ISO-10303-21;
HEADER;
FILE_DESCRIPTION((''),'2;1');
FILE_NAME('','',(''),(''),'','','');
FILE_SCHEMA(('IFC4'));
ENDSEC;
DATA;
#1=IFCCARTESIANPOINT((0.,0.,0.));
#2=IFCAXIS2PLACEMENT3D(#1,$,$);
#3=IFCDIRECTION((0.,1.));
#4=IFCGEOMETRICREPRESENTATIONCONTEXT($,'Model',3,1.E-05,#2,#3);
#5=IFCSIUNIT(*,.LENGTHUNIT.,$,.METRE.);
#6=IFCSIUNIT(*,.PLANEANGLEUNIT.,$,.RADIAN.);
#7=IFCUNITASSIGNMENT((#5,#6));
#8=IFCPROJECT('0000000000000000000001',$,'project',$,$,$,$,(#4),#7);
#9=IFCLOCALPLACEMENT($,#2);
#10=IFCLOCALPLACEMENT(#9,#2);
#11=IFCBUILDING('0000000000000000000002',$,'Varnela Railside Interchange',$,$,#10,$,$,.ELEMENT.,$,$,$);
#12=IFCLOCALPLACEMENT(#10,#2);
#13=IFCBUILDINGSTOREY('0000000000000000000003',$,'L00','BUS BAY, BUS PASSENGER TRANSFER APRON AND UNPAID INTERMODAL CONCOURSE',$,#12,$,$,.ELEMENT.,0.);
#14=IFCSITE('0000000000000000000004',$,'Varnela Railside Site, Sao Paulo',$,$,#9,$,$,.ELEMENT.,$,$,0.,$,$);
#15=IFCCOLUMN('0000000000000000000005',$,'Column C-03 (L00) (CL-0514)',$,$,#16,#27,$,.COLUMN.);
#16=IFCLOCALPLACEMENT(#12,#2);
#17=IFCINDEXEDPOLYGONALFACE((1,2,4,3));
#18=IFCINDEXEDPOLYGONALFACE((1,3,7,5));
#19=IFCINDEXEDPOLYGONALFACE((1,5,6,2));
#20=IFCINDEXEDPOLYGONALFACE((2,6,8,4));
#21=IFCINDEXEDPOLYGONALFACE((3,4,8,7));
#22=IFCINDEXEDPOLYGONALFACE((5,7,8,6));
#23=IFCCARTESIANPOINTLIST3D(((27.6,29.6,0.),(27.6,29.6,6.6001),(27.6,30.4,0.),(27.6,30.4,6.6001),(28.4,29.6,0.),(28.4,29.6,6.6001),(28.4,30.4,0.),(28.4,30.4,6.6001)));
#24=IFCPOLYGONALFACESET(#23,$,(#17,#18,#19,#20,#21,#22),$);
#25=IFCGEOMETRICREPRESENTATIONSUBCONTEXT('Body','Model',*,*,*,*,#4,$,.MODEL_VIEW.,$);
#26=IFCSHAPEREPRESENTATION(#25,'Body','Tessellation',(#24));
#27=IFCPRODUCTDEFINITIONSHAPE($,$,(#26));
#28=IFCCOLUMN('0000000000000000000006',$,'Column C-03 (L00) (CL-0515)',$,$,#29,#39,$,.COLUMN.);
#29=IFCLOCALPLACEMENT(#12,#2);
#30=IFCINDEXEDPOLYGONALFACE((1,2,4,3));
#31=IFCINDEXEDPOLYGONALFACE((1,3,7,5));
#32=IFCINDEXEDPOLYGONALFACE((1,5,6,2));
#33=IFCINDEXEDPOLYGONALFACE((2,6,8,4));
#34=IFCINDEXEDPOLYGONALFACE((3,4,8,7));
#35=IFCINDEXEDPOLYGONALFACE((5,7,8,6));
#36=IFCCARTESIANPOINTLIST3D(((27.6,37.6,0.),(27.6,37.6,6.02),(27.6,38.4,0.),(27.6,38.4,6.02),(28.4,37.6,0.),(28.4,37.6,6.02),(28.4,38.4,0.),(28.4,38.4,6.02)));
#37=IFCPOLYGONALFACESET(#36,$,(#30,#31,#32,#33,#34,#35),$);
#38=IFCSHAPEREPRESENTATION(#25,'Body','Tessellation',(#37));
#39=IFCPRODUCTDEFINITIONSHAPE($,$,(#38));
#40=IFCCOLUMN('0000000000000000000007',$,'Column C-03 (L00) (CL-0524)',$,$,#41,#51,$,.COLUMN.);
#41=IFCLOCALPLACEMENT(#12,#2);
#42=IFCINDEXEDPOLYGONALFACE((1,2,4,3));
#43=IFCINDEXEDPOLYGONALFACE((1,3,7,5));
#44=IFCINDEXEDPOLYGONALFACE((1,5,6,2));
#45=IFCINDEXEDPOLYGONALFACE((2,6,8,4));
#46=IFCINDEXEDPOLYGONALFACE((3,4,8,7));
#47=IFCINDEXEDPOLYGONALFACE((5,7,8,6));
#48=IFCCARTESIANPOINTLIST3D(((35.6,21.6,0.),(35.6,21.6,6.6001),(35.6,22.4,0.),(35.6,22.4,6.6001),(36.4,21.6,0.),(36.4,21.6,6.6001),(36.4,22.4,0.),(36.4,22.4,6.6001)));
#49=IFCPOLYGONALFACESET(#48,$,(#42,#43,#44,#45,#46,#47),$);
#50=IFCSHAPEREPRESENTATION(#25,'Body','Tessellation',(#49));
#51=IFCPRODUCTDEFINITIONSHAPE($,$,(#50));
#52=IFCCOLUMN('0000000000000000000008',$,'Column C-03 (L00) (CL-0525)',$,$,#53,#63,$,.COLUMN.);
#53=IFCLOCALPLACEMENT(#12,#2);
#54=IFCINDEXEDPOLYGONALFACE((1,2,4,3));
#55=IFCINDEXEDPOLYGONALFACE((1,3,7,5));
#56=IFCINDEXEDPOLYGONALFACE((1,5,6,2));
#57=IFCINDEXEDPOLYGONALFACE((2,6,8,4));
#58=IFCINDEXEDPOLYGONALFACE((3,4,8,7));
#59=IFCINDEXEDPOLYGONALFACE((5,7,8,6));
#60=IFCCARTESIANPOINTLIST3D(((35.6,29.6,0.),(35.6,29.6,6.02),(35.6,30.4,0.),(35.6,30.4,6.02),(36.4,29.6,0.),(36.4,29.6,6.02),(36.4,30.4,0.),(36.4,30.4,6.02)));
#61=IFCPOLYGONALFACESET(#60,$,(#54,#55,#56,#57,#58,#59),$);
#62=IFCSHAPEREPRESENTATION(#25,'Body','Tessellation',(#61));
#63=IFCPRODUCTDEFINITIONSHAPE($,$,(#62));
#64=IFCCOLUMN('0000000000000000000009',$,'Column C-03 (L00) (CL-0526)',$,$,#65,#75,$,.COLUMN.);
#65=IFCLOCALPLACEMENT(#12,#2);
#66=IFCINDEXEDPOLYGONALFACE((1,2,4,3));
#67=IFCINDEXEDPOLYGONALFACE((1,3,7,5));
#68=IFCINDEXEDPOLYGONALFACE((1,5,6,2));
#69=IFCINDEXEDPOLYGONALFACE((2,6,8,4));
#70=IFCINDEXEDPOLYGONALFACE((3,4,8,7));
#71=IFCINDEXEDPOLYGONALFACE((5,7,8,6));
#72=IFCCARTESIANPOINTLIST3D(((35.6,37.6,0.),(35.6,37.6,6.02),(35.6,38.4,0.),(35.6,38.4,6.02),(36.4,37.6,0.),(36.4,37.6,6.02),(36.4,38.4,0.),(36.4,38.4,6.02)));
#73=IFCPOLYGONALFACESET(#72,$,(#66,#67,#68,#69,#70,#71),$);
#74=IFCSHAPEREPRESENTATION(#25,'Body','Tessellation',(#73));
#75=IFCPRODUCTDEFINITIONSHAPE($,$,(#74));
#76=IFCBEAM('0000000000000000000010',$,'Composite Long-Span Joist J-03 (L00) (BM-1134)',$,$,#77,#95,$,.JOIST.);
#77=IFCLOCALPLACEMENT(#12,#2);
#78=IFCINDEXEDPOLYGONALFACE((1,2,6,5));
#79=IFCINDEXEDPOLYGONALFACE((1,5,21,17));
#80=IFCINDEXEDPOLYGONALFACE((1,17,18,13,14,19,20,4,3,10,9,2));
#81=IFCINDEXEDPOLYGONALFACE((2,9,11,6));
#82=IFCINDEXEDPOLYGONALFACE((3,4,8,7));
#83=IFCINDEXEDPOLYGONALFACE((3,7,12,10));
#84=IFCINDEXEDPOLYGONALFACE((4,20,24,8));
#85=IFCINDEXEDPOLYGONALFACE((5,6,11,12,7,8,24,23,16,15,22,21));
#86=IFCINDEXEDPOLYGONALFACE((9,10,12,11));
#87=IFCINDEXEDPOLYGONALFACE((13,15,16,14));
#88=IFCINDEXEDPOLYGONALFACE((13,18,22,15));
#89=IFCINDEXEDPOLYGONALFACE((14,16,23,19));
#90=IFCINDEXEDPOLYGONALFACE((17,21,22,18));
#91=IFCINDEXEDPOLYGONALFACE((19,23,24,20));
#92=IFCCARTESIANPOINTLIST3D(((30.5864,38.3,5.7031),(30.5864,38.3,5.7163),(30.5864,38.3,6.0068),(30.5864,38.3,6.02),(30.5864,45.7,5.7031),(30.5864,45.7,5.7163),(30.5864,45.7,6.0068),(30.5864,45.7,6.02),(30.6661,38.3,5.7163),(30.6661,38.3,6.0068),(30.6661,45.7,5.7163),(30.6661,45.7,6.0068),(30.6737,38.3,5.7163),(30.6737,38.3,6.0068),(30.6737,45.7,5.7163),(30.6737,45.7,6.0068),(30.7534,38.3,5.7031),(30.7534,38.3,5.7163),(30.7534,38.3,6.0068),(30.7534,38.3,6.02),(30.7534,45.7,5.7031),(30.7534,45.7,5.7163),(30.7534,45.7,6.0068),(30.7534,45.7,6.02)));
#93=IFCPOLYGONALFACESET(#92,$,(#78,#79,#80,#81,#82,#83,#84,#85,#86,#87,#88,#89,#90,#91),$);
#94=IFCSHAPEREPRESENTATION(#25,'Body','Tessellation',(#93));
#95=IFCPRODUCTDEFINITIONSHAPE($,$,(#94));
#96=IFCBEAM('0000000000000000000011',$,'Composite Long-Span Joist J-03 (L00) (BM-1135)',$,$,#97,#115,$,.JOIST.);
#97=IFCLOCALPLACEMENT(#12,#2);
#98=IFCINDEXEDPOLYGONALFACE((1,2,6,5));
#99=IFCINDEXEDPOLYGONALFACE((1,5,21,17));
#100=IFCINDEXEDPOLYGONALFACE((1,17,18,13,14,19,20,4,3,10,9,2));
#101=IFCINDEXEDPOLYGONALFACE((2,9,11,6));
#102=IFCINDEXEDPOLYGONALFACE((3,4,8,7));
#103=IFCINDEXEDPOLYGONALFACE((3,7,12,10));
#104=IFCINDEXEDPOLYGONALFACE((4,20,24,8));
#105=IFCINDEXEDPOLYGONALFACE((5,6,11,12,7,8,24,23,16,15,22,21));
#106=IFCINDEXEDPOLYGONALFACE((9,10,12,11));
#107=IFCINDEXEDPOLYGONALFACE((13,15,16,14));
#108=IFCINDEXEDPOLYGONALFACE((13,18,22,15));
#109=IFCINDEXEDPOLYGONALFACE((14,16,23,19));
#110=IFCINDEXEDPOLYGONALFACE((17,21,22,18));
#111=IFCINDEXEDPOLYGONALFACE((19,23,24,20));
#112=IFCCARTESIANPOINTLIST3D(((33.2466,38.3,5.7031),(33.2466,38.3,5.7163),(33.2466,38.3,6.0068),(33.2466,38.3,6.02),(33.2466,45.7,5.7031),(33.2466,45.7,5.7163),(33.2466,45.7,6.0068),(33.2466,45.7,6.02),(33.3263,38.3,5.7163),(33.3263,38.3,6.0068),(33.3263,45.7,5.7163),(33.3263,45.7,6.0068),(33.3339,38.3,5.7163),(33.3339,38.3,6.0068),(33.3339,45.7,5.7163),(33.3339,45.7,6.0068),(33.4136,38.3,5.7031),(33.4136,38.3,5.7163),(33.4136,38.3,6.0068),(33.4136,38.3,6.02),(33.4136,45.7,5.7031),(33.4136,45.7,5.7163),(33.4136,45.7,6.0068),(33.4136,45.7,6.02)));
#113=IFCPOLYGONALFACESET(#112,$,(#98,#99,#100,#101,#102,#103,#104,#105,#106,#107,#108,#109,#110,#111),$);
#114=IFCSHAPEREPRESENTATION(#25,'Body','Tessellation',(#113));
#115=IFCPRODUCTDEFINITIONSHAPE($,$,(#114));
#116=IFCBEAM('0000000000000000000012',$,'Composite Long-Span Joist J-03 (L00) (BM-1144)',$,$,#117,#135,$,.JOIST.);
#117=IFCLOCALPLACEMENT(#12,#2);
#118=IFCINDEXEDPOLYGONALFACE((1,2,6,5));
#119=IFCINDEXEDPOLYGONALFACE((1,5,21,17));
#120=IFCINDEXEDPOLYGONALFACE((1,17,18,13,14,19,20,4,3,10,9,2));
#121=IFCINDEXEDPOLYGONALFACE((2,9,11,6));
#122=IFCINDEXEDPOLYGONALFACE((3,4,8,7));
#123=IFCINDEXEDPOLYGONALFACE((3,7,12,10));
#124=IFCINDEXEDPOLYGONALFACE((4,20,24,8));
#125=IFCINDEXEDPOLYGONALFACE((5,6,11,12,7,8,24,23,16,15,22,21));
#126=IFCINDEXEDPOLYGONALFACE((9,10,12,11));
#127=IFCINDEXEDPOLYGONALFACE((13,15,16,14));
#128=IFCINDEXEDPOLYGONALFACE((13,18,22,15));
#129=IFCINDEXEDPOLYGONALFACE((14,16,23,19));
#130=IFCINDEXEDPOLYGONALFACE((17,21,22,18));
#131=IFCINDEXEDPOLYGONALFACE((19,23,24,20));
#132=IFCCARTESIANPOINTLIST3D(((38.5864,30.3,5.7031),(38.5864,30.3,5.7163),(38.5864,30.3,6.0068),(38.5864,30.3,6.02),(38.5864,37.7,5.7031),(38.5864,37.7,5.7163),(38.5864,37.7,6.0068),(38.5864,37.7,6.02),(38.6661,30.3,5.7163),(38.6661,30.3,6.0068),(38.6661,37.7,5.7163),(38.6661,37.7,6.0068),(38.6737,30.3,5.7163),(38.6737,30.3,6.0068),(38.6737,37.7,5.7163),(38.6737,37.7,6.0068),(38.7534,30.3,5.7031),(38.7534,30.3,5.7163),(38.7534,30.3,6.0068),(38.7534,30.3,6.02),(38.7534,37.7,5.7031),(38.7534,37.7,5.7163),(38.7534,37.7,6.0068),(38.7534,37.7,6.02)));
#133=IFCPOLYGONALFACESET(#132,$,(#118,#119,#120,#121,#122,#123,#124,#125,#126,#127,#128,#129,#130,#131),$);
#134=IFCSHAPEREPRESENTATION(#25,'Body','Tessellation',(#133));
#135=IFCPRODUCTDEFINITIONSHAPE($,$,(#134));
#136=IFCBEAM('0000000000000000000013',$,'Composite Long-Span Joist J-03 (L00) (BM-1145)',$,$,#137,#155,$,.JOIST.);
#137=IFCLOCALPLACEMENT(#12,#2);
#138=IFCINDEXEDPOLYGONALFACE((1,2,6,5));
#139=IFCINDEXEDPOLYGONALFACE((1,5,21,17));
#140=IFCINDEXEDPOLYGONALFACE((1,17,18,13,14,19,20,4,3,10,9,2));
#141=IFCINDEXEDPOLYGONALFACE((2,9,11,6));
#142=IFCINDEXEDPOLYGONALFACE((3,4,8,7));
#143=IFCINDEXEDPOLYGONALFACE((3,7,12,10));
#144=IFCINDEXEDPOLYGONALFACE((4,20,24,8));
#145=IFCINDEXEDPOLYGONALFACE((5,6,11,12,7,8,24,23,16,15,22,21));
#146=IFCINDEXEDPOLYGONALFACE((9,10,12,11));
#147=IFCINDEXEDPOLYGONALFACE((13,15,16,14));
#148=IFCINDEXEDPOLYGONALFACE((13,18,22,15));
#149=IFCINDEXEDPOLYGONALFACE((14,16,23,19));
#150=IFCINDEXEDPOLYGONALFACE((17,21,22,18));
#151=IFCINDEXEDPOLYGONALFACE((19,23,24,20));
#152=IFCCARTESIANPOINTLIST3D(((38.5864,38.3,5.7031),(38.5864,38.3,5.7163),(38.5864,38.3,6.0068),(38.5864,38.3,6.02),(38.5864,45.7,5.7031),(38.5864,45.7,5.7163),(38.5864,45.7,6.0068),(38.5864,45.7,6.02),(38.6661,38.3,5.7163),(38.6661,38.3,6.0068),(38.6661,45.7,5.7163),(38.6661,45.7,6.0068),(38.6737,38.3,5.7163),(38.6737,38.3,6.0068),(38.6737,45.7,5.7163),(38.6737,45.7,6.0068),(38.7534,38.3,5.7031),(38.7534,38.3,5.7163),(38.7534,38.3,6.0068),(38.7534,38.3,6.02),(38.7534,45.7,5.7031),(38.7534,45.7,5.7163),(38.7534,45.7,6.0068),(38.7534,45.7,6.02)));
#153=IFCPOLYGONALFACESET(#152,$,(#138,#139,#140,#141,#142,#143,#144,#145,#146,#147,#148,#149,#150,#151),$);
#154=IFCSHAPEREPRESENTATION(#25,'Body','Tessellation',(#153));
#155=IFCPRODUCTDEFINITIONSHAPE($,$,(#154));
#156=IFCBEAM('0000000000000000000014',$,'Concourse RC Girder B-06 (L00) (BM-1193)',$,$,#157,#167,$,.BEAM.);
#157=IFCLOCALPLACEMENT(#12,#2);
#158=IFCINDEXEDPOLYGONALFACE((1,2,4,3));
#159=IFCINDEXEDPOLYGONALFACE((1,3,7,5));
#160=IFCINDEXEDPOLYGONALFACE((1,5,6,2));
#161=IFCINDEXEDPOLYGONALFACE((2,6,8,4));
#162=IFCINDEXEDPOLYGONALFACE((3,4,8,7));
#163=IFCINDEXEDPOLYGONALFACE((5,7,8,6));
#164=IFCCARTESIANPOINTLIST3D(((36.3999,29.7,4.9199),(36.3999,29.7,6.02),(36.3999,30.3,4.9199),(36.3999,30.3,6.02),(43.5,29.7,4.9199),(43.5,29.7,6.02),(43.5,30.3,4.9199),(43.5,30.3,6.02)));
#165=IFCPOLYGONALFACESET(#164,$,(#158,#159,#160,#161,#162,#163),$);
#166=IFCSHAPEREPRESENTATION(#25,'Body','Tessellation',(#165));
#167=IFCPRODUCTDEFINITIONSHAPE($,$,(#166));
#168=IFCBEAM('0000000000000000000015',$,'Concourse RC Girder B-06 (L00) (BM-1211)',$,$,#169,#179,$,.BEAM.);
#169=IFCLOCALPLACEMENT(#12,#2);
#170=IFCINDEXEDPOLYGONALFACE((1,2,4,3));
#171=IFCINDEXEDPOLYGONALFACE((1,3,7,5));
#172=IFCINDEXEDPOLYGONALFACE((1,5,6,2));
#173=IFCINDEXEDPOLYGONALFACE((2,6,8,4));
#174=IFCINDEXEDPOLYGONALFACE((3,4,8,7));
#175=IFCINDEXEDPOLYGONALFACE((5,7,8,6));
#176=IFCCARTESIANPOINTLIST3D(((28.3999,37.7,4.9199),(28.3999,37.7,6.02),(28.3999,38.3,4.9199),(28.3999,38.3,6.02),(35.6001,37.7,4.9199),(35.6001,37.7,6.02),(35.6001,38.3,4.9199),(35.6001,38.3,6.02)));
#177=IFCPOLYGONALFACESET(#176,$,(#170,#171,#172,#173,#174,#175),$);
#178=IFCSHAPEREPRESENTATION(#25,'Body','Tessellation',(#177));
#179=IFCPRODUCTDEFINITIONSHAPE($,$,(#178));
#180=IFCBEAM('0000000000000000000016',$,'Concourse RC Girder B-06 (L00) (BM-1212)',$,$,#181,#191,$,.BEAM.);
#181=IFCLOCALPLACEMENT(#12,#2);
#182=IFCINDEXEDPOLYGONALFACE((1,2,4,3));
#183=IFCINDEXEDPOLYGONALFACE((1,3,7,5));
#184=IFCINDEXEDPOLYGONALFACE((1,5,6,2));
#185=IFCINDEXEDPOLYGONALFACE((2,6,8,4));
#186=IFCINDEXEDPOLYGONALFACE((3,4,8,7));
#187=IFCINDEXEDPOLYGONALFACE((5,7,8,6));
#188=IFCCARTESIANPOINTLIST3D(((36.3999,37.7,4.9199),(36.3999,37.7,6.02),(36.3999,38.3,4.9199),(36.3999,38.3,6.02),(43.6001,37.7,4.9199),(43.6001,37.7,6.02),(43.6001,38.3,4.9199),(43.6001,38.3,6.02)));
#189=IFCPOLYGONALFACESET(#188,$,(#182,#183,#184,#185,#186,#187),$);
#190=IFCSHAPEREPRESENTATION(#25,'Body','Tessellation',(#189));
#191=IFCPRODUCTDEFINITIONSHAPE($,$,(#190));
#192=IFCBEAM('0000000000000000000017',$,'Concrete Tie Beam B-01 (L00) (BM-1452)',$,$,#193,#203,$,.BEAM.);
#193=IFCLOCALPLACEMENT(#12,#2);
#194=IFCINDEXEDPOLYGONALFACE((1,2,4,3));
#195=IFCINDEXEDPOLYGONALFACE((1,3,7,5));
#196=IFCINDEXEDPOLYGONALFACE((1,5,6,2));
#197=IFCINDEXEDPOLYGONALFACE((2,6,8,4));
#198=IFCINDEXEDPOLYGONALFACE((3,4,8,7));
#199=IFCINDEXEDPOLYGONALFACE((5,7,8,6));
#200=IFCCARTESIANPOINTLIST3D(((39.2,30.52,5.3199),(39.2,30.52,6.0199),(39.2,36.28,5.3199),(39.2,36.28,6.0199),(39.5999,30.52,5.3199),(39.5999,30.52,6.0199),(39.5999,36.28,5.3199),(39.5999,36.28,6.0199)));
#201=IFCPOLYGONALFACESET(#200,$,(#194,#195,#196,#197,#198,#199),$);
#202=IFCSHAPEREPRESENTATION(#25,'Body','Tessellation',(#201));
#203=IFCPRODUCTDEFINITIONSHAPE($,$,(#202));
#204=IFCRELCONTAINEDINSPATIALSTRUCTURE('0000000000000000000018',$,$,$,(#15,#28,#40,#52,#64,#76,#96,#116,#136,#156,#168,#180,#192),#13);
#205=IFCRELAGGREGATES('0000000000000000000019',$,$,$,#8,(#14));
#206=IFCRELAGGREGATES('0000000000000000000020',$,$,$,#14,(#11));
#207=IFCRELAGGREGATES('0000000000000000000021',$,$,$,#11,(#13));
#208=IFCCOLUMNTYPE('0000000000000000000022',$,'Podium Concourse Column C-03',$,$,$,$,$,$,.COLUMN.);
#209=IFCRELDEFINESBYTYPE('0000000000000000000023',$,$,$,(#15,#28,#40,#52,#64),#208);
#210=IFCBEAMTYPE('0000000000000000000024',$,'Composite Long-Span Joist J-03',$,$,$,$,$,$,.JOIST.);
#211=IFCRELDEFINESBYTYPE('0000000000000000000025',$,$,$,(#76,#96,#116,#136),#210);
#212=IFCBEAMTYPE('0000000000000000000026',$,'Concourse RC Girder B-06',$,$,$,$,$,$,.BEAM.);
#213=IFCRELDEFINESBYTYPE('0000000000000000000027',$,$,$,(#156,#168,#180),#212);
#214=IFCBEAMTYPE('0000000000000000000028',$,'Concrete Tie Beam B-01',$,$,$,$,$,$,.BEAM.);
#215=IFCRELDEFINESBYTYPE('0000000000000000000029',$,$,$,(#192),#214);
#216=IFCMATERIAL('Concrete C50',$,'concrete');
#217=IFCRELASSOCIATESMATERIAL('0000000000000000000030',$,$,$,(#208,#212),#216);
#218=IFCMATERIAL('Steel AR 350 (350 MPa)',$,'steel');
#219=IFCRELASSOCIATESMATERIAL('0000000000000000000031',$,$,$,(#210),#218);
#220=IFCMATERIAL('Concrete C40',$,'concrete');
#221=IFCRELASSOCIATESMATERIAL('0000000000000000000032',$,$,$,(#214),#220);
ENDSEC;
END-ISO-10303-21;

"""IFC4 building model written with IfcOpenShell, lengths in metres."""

from ifc_helpers import new_model, si_unit, direction, frame, origin, origin_2d, place, context, subcontext, project, spatial, rectangle, i_section, extrude, material, material_profile, profile_set, type_object, element, save


model = new_model("IFC4")

# Units and contexts
model_context = context("Model", 3, precision=1e-05, world=origin(), true_north=direction((0.0, 1.0)))
body_context = subcontext(model_context, "Body", "Model", "MODEL_VIEW")
ifc_project = project(units=[si_unit("LENGTHUNIT", "METRE"), si_unit("PLANEANGLEUNIT", "RADIAN")], contexts=[model_context])

# Site, building, storey
site_placement = place(None, origin())
site = spatial("IfcSite", under=ifc_project, at=site_placement, Name="Varnela Railside Site, Sao Paulo", CompositionType="ELEMENT", RefElevation=0.0)
building_placement = place(site_placement, origin())
building = spatial("IfcBuilding", under=site, at=building_placement, Name="Varnela Railside Interchange", CompositionType="ELEMENT")
storey_placement = place(building_placement, origin())
storey = spatial("IfcBuildingStorey", under=building, at=storey_placement, Name="L00", Description="BUS BAY, BUS PASSENGER TRANSFER APRON AND UNPAID INTERMODAL CONCOURSE", CompositionType="ELEMENT", Elevation=0.0)

# Columns
ifc_material_1 = material(Name="Concrete C50", Category="concrete")
ifc_material_profile_1 = material_profile(ifc_material_1, rectangle(XDim=0.8, YDim=0.8, at=origin_2d()), Name="RC 800x800")
ifc_profile_set_1 = profile_set([ifc_material_profile_1], Name="Concrete C50")
column_type = type_object("IfcColumnType", Name="Podium Concourse Column C-03", PredefinedType="COLUMN", material=ifc_profile_set_1)
column_1_placement = place(storey_placement, frame((28.0, 30.0, 0.0), z_axis=(0.0, 0.0, 1.0), x_axis=(1.0, 0.0, 0.0)))
element("IfcColumn", 1, at=column_1_placement, inside=storey, type_object=column_type, Name="Column C-03 (L00) (CL-0514)", PredefinedType="COLUMN", context=body_context, shape_type="SweptSolid", body=[
    extrude(rectangle(XDim=0.8, YDim=0.8, at=origin_2d()), origin(), (0.0, 0.0, 1.0), 6.6001),
])
column_2_placement = place(storey_placement, frame((28.0, 38.0, 0.0), z_axis=(0.0, 0.0, 1.0), x_axis=(1.0, 0.0, 0.0)))
element("IfcColumn", 2, at=column_2_placement, inside=storey, type_object=column_type, Name="Column C-03 (L00) (CL-0515)", PredefinedType="COLUMN", context=body_context, shape_type="SweptSolid", body=[
    extrude(rectangle(XDim=0.8, YDim=0.8, at=origin_2d()), origin(), (0.0, 0.0, 1.0), 6.02),
])
column_3_placement = place(storey_placement, frame((36.0, 22.0, 0.0), z_axis=(0.0, 0.0, 1.0), x_axis=(1.0, 0.0, 0.0)))
element("IfcColumn", 3, at=column_3_placement, inside=storey, type_object=column_type, Name="Column C-03 (L00) (CL-0524)", PredefinedType="COLUMN", context=body_context, shape_type="SweptSolid", body=[
    extrude(rectangle(XDim=0.8, YDim=0.8, at=origin_2d()), origin(), (0.0, 0.0, 1.0), 6.6001),
])
for number, where, z_axis, x_axis, name in (
    (4, (36.0, 30.0, 0.0), (0.0, 0.0, 1.0), (1.0, 0.0, 0.0), "Column C-03 (L00) (CL-0525)"),
    (5, (36.0, 38.0, 0.0), (0.0, 0.0, 1.0), (1.0, 0.0, 0.0), "Column C-03 (L00) (CL-0526)"),
):
    element("IfcColumn", number, at=place(storey_placement, frame(where, z_axis=z_axis, x_axis=x_axis)), inside=storey, type_object=column_type, Name=name, PredefinedType="COLUMN", context=body_context, shape_type="SweptSolid", body=[
        extrude(rectangle(XDim=0.8, YDim=0.8, at=origin_2d()), origin(), (0.0, 0.0, 1.0), 6.02),
    ])

# Beams
ifc_material_2 = material(Name="Steel AR 350 (350 MPa)", Category="steel")
ifc_material_profile_2 = material_profile(ifc_material_2, i_section(OverallWidth=0.167, OverallDepth=0.3169, WebThickness=0.0076, FlangeThickness=0.0132, at=origin_2d()), Name="W310x52")
ifc_profile_set_2 = profile_set([ifc_material_profile_2], Name="Steel AR 350 (350 MPa)")
beam_type_1 = type_object("IfcBeamType", Name="Composite Long-Span Joist J-03", PredefinedType="JOIST", material=ifc_profile_set_2)
for number, where, z_axis, x_axis, name in (
    (6, (30.6699, 38.3, 5.8616), (0.0, 1.0, 0.0), (-1.0, 0.0, 0.0), "Composite Long-Span Joist J-03 (L00) (BM-1134)"),
    (7, (33.3301, 38.3, 5.8616), (0.0, 1.0, 0.0), (-1.0, 0.0, 0.0), "Composite Long-Span Joist J-03 (L00) (BM-1135)"),
    (8, (38.6699, 30.3, 5.8616), (0.0, 1.0, 0.0), (-1.0, 0.0, 0.0), "Composite Long-Span Joist J-03 (L00) (BM-1144)"),
    (9, (38.6699, 38.3, 5.8616), (0.0, 1.0, 0.0), (-1.0, 0.0, 0.0), "Composite Long-Span Joist J-03 (L00) (BM-1145)"),
):
    element("IfcBeam", number, at=place(storey_placement, frame(where, z_axis=z_axis, x_axis=x_axis)), inside=storey, type_object=beam_type_1, Name=name, PredefinedType="JOIST", context=body_context, shape_type="SweptSolid", body=[
        extrude(i_section(OverallWidth=0.167, OverallDepth=0.3169, WebThickness=0.0076, FlangeThickness=0.0132, at=origin_2d()), origin(), (0.0, 0.0, 1.0), 7.3999),
    ])
ifc_material_profile_3 = material_profile(ifc_material_1, rectangle(XDim=0.6001, YDim=1.1001, at=origin_2d()), Name="RC 600x1100")
ifc_profile_set_3 = profile_set([ifc_material_profile_3], Name="Concrete C50")
beam_type_2 = type_object("IfcBeamType", Name="Concourse RC Girder B-06", PredefinedType="BEAM", material=ifc_profile_set_3)
beam_1_placement = place(storey_placement, frame((36.3999, 30.0, 5.47), z_axis=(1.0, 0.0, 0.0), x_axis=(0.0, 1.0, 0.0)))
element("IfcBeam", 10, at=beam_1_placement, inside=storey, type_object=beam_type_2, Name="Concourse RC Girder B-06 (L00) (BM-1193)", PredefinedType="BEAM", context=body_context, shape_type="SweptSolid", body=[
    extrude(rectangle(XDim=0.6001, YDim=1.1001, at=origin_2d()), origin(), (0.0, 0.0, 1.0), 7.1001),
])
for number, where, z_axis, x_axis, name in (
    (11, (28.3999, 38.0, 5.47), (1.0, 0.0, 0.0), (0.0, 1.0, 0.0), "Concourse RC Girder B-06 (L00) (BM-1211)"),
    (12, (36.3999, 38.0, 5.47), (1.0, 0.0, 0.0), (0.0, 1.0, 0.0), "Concourse RC Girder B-06 (L00) (BM-1212)"),
):
    element("IfcBeam", number, at=place(storey_placement, frame(where, z_axis=z_axis, x_axis=x_axis)), inside=storey, type_object=beam_type_2, Name=name, PredefinedType="BEAM", context=body_context, shape_type="SweptSolid", body=[
        extrude(rectangle(XDim=0.6001, YDim=1.1001, at=origin_2d()), origin(), (0.0, 0.0, 1.0), 7.2002),
    ])
ifc_material_3 = material(Name="Concrete C40", Category="concrete")
ifc_material_profile_4 = material_profile(ifc_material_3, rectangle(XDim=0.3999, YDim=0.7, at=origin_2d()), Name="RC 400x700")
ifc_profile_set_4 = profile_set([ifc_material_profile_4], Name="Concrete C40")
beam_type_3 = type_object("IfcBeamType", Name="Concrete Tie Beam B-01", PredefinedType="BEAM", material=ifc_profile_set_4)
beam_2_placement = place(storey_placement, frame((39.3999, 30.52, 5.6699), z_axis=(0.0, 1.0, 0.0), x_axis=(-1.0, 0.0, 0.0)))
element("IfcBeam", 13, at=beam_2_placement, inside=storey, type_object=beam_type_3, Name="Concrete Tie Beam B-01 (L00) (BM-1452)", PredefinedType="BEAM", context=body_context, shape_type="SweptSolid", body=[
    extrude(rectangle(XDim=0.3999, YDim=0.7, at=origin_2d()), origin(), (0.0, 0.0, 1.0), 5.76),
])

save(model, "model.ifc")
